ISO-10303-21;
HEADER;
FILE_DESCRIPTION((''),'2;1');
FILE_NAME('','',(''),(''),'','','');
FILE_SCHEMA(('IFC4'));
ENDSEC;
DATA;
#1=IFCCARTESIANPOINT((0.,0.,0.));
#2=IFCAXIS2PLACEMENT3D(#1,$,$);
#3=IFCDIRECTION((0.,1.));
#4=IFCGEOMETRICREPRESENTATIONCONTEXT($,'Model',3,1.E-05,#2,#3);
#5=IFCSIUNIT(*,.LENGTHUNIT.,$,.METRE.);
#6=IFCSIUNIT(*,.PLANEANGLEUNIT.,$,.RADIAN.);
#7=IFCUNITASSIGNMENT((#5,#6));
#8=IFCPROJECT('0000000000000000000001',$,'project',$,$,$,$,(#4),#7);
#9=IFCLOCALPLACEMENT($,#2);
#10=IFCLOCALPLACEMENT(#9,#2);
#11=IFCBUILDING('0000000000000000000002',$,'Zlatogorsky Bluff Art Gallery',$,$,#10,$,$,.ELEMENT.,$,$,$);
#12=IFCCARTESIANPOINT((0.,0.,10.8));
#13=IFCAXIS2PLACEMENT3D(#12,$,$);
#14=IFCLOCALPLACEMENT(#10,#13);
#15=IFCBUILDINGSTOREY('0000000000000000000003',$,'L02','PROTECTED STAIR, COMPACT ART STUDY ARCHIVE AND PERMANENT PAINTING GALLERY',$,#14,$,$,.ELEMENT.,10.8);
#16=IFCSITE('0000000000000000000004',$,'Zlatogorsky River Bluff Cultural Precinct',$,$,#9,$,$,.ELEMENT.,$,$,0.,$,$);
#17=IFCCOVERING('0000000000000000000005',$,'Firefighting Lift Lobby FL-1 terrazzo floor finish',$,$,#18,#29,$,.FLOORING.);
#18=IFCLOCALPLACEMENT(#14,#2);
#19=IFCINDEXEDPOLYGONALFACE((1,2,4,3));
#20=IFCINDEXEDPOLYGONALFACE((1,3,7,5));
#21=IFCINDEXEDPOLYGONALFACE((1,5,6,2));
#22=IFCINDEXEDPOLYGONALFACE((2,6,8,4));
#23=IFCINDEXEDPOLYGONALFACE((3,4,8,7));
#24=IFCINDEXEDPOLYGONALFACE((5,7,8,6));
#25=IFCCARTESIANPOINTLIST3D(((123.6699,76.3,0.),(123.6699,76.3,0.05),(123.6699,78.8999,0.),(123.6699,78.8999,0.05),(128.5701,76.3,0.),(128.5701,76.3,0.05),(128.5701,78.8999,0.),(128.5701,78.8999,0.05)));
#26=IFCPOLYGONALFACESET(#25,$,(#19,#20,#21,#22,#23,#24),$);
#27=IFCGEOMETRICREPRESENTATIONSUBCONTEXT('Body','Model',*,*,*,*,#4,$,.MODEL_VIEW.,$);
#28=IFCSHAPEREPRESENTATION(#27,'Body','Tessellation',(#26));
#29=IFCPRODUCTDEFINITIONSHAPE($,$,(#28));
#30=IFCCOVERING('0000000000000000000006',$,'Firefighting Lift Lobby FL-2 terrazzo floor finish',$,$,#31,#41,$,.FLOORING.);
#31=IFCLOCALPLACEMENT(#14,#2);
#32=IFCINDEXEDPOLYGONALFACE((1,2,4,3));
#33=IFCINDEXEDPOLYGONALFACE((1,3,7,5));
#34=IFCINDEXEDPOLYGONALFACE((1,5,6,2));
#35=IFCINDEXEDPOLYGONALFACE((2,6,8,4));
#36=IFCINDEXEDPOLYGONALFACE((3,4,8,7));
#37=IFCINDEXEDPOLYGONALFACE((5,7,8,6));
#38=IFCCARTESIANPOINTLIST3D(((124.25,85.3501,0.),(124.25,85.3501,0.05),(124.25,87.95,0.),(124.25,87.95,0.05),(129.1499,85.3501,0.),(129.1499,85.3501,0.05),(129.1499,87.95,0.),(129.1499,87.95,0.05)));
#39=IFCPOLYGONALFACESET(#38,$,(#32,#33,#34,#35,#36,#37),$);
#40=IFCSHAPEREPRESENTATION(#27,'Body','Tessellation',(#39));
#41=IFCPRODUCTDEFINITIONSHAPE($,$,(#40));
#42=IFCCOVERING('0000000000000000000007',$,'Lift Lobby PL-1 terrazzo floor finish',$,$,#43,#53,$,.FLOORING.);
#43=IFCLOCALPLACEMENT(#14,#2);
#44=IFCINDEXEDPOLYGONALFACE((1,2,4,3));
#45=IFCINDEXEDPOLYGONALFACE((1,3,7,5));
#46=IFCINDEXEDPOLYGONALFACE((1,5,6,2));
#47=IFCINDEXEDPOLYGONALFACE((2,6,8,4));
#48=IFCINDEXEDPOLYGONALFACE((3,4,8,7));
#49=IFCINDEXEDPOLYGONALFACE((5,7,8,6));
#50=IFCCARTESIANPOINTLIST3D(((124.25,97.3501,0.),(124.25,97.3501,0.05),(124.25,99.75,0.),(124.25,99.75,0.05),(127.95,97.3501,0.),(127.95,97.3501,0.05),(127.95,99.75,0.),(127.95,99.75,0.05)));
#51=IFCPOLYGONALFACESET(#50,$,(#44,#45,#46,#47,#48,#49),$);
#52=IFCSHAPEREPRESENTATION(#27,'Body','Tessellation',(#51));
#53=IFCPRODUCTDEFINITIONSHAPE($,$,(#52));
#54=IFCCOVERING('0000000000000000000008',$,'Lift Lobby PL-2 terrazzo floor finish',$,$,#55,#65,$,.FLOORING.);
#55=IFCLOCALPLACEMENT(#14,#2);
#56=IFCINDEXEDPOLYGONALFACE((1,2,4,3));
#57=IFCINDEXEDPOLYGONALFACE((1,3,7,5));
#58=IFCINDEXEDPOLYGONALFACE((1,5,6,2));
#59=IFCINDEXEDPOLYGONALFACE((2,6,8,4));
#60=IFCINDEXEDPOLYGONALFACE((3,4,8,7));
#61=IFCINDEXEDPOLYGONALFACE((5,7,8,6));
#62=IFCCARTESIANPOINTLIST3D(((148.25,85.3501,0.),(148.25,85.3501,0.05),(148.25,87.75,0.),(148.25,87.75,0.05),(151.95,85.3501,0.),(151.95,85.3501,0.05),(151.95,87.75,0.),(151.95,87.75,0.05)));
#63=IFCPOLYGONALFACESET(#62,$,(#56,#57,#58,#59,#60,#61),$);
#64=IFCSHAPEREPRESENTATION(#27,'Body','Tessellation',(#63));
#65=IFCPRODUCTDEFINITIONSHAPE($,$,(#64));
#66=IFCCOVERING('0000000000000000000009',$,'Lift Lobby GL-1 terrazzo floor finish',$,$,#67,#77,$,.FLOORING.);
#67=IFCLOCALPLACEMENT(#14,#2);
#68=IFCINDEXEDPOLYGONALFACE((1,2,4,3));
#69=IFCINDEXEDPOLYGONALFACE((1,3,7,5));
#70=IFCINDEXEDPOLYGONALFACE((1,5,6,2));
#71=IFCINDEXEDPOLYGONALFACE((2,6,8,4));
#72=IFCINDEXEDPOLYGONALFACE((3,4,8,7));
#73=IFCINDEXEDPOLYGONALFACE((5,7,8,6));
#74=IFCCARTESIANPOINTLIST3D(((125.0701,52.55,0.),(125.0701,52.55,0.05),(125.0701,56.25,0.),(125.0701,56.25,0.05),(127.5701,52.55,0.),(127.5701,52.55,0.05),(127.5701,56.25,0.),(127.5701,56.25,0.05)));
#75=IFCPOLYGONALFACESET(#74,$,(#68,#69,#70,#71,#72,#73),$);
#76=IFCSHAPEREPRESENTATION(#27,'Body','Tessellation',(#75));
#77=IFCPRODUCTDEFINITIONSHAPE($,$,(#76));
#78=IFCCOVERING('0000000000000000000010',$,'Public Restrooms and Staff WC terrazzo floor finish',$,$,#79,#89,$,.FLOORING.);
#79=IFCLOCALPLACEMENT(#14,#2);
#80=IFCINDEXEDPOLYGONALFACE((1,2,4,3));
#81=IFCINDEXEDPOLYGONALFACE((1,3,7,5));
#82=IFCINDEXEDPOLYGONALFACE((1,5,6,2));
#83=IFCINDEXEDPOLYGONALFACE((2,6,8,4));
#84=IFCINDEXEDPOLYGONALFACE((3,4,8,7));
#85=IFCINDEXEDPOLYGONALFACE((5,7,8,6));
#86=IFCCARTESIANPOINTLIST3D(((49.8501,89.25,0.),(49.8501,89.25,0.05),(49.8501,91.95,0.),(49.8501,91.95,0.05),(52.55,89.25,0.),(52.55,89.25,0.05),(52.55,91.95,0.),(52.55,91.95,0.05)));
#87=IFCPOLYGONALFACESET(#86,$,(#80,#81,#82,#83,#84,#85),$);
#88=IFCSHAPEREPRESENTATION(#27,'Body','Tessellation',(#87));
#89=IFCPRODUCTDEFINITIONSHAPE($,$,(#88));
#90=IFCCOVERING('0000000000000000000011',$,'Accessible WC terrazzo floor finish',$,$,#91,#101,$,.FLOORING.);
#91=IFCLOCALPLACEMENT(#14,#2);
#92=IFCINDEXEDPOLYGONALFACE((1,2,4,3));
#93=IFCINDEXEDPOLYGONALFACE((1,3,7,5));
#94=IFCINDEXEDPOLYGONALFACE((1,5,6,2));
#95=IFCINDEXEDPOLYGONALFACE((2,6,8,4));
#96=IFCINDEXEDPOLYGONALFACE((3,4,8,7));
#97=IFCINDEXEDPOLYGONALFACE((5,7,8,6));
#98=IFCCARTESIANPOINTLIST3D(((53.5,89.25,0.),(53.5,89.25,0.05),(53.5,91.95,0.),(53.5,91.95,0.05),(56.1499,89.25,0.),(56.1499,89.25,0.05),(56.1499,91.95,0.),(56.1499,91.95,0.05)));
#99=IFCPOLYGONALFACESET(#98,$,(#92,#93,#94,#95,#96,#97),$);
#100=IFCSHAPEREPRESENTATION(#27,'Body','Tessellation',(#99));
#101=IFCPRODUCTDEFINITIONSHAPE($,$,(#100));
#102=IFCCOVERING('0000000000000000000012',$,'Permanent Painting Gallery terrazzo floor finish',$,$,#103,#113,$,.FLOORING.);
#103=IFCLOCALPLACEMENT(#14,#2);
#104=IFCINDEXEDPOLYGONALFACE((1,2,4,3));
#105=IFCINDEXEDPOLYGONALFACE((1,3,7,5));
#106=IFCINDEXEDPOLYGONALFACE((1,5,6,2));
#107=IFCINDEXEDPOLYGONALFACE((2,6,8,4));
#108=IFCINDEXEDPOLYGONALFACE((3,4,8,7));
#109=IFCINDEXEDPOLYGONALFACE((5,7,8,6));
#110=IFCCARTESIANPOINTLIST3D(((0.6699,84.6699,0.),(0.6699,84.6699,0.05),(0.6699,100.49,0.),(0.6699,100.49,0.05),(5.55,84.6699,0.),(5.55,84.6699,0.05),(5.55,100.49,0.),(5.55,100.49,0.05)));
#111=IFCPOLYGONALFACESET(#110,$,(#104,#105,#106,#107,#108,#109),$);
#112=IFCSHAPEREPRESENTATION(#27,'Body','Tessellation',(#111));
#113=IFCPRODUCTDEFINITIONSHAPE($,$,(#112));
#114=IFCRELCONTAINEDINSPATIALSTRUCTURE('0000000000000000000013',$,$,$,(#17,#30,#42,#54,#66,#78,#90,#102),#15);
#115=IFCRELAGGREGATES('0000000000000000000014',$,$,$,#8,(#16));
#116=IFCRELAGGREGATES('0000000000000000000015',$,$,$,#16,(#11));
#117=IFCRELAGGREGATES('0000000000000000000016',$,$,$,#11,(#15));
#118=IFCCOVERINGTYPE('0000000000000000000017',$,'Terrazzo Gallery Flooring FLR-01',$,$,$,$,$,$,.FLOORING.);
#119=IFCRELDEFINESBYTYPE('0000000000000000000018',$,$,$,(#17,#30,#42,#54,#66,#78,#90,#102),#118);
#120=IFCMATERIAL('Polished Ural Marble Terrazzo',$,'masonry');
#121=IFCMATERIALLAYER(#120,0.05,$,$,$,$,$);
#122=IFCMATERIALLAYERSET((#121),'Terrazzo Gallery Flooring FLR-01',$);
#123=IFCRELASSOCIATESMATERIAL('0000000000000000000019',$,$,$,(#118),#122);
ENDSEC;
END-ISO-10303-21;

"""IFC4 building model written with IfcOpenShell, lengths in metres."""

from ifc_helpers import new_model, si_unit, direction, frame, origin, place, context, subcontext, project, spatial, polyline, outline, extrude, material, layer, layer_set, type_object, element, save


model = new_model("IFC4")

# Units and contexts
model_context = context("Model", 3, precision=1e-05, world=origin(), true_north=direction((0.0, 1.0)))
body_context = subcontext(model_context, "Body", "Model", "MODEL_VIEW")
ifc_project = project(units=[si_unit("LENGTHUNIT", "METRE"), si_unit("PLANEANGLEUNIT", "RADIAN")], contexts=[model_context])

# Site, building, storey
site_placement = place(None, origin())
site = spatial("IfcSite", under=ifc_project, at=site_placement, Name="Zlatogorsky River Bluff Cultural Precinct", CompositionType="ELEMENT", RefElevation=0.0)
building_placement = place(site_placement, origin())
building = spatial("IfcBuilding", under=site, at=building_placement, Name="Zlatogorsky Bluff Art Gallery", CompositionType="ELEMENT")
storey_placement = place(building_placement, frame((0.0, 0.0, 10.8)))
storey = spatial("IfcBuildingStorey", under=building, at=storey_placement, Name="L02", Description="PROTECTED STAIR, COMPACT ART STUDY ARCHIVE AND PERMANENT PAINTING GALLERY", CompositionType="ELEMENT", Elevation=10.8)

# Coverings
ifc_material_1 = material(Name="Polished Ural Marble Terrazzo", Category="masonry")
ifc_layer_1 = layer(ifc_material_1, 0.05)
ifc_layer_set_1 = layer_set([ifc_layer_1], Name="Terrazzo Gallery Flooring FLR-01")
covering_type_1 = type_object("IfcCoveringType", Name="Terrazzo Gallery Flooring FLR-01", PredefinedType="FLOORING", material=ifc_layer_set_1)
covering_1_placement = place(storey_placement, origin())
element("IfcCovering", 1, at=covering_1_placement, inside=storey, type_object=covering_type_1, Name="Firefighting Lift Lobby FL-1 terrazzo floor finish", PredefinedType="FLOORING", context=body_context, shape_type="SweptSolid", body=[
    extrude(outline(polyline([(128.5701, 78.8999), (128.5701, 76.3), (123.6699, 76.3), (123.6699, 78.8999), (128.5701, 78.8999)])), origin(), (0.0, 0.0, 1.0), 0.05),
])
covering_2_placement = place(storey_placement, origin())
element("IfcCovering", 2, at=covering_2_placement, inside=storey, type_object=covering_type_1, Name="Firefighting Lift Lobby FL-2 terrazzo floor finish", PredefinedType="FLOORING", context=body_context, shape_type="SweptSolid", body=[
    extrude(outline(polyline([(129.1499, 87.95), (129.1499, 85.3501), (124.25, 85.3501), (124.25, 87.95), (129.1499, 87.95)])), origin(), (0.0, 0.0, 1.0), 0.05),
])
covering_3_placement = place(storey_placement, origin())
element("IfcCovering", 3, at=covering_3_placement, inside=storey, type_object=covering_type_1, Name="Lift Lobby PL-1 terrazzo floor finish", PredefinedType="FLOORING", context=body_context, shape_type="SweptSolid", body=[
    extrude(outline(polyline([(127.95, 99.75), (127.95, 97.3501), (124.25, 97.3501), (124.25, 99.75), (127.95, 99.75)])), origin(), (0.0, 0.0, 1.0), 0.05),
])
covering_4_placement = place(storey_placement, origin())
element("IfcCovering", 4, at=covering_4_placement, inside=storey, type_object=covering_type_1, Name="Lift Lobby PL-2 terrazzo floor finish", PredefinedType="FLOORING", context=body_context, shape_type="SweptSolid", body=[
    extrude(outline(polyline([(151.95, 87.75), (151.95, 85.3501), (148.25, 85.3501), (148.25, 87.75), (151.95, 87.75)])), origin(), (0.0, 0.0, 1.0), 0.05),
])
covering_5_placement = place(storey_placement, origin())
element("IfcCovering", 5, at=covering_5_placement, inside=storey, type_object=covering_type_1, Name="Lift Lobby GL-1 terrazzo floor finish", PredefinedType="FLOORING", context=body_context, shape_type="SweptSolid", body=[
    extrude(outline(polyline([(125.0701, 52.55), (125.0701, 56.25), (127.5701, 56.25), (127.5701, 52.55), (125.0701, 52.55)])), origin(), (0.0, 0.0, 1.0), 0.05),
])
covering_6_placement = place(storey_placement, origin())
element("IfcCovering", 6, at=covering_6_placement, inside=storey, type_object=covering_type_1, Name="Public Restrooms and Staff WC terrazzo floor finish", PredefinedType="FLOORING", context=body_context, shape_type="SweptSolid", body=[
    extrude(outline(polyline([(52.55, 91.95), (52.55, 89.25), (49.8501, 89.25), (49.8501, 91.95), (52.55, 91.95)])), origin(), (0.0, 0.0, 1.0), 0.05),
])
covering_7_placement = place(storey_placement, origin())
element("IfcCovering", 7, at=covering_7_placement, inside=storey, type_object=covering_type_1, Name="Accessible WC terrazzo floor finish", PredefinedType="FLOORING", context=body_context, shape_type="SweptSolid", body=[
    extrude(outline(polyline([(56.1499, 89.25), (53.5, 89.25), (53.5, 91.95), (56.1499, 91.95), (56.1499, 89.25)])), origin(), (0.0, 0.0, 1.0), 0.05),
])
covering_8_placement = place(storey_placement, origin())
element("IfcCovering", 8, at=covering_8_placement, inside=storey, type_object=covering_type_1, Name="Permanent Painting Gallery terrazzo floor finish", PredefinedType="FLOORING", context=body_context, shape_type="SweptSolid", body=[
    extrude(outline(polyline([(5.55, 100.49), (5.55, 84.6699), (0.6699, 84.6699), (0.6699, 100.49), (5.55, 100.49)])), origin(), (0.0, 0.0, 1.0), 0.05),
])

save(model, "model.ifc")
